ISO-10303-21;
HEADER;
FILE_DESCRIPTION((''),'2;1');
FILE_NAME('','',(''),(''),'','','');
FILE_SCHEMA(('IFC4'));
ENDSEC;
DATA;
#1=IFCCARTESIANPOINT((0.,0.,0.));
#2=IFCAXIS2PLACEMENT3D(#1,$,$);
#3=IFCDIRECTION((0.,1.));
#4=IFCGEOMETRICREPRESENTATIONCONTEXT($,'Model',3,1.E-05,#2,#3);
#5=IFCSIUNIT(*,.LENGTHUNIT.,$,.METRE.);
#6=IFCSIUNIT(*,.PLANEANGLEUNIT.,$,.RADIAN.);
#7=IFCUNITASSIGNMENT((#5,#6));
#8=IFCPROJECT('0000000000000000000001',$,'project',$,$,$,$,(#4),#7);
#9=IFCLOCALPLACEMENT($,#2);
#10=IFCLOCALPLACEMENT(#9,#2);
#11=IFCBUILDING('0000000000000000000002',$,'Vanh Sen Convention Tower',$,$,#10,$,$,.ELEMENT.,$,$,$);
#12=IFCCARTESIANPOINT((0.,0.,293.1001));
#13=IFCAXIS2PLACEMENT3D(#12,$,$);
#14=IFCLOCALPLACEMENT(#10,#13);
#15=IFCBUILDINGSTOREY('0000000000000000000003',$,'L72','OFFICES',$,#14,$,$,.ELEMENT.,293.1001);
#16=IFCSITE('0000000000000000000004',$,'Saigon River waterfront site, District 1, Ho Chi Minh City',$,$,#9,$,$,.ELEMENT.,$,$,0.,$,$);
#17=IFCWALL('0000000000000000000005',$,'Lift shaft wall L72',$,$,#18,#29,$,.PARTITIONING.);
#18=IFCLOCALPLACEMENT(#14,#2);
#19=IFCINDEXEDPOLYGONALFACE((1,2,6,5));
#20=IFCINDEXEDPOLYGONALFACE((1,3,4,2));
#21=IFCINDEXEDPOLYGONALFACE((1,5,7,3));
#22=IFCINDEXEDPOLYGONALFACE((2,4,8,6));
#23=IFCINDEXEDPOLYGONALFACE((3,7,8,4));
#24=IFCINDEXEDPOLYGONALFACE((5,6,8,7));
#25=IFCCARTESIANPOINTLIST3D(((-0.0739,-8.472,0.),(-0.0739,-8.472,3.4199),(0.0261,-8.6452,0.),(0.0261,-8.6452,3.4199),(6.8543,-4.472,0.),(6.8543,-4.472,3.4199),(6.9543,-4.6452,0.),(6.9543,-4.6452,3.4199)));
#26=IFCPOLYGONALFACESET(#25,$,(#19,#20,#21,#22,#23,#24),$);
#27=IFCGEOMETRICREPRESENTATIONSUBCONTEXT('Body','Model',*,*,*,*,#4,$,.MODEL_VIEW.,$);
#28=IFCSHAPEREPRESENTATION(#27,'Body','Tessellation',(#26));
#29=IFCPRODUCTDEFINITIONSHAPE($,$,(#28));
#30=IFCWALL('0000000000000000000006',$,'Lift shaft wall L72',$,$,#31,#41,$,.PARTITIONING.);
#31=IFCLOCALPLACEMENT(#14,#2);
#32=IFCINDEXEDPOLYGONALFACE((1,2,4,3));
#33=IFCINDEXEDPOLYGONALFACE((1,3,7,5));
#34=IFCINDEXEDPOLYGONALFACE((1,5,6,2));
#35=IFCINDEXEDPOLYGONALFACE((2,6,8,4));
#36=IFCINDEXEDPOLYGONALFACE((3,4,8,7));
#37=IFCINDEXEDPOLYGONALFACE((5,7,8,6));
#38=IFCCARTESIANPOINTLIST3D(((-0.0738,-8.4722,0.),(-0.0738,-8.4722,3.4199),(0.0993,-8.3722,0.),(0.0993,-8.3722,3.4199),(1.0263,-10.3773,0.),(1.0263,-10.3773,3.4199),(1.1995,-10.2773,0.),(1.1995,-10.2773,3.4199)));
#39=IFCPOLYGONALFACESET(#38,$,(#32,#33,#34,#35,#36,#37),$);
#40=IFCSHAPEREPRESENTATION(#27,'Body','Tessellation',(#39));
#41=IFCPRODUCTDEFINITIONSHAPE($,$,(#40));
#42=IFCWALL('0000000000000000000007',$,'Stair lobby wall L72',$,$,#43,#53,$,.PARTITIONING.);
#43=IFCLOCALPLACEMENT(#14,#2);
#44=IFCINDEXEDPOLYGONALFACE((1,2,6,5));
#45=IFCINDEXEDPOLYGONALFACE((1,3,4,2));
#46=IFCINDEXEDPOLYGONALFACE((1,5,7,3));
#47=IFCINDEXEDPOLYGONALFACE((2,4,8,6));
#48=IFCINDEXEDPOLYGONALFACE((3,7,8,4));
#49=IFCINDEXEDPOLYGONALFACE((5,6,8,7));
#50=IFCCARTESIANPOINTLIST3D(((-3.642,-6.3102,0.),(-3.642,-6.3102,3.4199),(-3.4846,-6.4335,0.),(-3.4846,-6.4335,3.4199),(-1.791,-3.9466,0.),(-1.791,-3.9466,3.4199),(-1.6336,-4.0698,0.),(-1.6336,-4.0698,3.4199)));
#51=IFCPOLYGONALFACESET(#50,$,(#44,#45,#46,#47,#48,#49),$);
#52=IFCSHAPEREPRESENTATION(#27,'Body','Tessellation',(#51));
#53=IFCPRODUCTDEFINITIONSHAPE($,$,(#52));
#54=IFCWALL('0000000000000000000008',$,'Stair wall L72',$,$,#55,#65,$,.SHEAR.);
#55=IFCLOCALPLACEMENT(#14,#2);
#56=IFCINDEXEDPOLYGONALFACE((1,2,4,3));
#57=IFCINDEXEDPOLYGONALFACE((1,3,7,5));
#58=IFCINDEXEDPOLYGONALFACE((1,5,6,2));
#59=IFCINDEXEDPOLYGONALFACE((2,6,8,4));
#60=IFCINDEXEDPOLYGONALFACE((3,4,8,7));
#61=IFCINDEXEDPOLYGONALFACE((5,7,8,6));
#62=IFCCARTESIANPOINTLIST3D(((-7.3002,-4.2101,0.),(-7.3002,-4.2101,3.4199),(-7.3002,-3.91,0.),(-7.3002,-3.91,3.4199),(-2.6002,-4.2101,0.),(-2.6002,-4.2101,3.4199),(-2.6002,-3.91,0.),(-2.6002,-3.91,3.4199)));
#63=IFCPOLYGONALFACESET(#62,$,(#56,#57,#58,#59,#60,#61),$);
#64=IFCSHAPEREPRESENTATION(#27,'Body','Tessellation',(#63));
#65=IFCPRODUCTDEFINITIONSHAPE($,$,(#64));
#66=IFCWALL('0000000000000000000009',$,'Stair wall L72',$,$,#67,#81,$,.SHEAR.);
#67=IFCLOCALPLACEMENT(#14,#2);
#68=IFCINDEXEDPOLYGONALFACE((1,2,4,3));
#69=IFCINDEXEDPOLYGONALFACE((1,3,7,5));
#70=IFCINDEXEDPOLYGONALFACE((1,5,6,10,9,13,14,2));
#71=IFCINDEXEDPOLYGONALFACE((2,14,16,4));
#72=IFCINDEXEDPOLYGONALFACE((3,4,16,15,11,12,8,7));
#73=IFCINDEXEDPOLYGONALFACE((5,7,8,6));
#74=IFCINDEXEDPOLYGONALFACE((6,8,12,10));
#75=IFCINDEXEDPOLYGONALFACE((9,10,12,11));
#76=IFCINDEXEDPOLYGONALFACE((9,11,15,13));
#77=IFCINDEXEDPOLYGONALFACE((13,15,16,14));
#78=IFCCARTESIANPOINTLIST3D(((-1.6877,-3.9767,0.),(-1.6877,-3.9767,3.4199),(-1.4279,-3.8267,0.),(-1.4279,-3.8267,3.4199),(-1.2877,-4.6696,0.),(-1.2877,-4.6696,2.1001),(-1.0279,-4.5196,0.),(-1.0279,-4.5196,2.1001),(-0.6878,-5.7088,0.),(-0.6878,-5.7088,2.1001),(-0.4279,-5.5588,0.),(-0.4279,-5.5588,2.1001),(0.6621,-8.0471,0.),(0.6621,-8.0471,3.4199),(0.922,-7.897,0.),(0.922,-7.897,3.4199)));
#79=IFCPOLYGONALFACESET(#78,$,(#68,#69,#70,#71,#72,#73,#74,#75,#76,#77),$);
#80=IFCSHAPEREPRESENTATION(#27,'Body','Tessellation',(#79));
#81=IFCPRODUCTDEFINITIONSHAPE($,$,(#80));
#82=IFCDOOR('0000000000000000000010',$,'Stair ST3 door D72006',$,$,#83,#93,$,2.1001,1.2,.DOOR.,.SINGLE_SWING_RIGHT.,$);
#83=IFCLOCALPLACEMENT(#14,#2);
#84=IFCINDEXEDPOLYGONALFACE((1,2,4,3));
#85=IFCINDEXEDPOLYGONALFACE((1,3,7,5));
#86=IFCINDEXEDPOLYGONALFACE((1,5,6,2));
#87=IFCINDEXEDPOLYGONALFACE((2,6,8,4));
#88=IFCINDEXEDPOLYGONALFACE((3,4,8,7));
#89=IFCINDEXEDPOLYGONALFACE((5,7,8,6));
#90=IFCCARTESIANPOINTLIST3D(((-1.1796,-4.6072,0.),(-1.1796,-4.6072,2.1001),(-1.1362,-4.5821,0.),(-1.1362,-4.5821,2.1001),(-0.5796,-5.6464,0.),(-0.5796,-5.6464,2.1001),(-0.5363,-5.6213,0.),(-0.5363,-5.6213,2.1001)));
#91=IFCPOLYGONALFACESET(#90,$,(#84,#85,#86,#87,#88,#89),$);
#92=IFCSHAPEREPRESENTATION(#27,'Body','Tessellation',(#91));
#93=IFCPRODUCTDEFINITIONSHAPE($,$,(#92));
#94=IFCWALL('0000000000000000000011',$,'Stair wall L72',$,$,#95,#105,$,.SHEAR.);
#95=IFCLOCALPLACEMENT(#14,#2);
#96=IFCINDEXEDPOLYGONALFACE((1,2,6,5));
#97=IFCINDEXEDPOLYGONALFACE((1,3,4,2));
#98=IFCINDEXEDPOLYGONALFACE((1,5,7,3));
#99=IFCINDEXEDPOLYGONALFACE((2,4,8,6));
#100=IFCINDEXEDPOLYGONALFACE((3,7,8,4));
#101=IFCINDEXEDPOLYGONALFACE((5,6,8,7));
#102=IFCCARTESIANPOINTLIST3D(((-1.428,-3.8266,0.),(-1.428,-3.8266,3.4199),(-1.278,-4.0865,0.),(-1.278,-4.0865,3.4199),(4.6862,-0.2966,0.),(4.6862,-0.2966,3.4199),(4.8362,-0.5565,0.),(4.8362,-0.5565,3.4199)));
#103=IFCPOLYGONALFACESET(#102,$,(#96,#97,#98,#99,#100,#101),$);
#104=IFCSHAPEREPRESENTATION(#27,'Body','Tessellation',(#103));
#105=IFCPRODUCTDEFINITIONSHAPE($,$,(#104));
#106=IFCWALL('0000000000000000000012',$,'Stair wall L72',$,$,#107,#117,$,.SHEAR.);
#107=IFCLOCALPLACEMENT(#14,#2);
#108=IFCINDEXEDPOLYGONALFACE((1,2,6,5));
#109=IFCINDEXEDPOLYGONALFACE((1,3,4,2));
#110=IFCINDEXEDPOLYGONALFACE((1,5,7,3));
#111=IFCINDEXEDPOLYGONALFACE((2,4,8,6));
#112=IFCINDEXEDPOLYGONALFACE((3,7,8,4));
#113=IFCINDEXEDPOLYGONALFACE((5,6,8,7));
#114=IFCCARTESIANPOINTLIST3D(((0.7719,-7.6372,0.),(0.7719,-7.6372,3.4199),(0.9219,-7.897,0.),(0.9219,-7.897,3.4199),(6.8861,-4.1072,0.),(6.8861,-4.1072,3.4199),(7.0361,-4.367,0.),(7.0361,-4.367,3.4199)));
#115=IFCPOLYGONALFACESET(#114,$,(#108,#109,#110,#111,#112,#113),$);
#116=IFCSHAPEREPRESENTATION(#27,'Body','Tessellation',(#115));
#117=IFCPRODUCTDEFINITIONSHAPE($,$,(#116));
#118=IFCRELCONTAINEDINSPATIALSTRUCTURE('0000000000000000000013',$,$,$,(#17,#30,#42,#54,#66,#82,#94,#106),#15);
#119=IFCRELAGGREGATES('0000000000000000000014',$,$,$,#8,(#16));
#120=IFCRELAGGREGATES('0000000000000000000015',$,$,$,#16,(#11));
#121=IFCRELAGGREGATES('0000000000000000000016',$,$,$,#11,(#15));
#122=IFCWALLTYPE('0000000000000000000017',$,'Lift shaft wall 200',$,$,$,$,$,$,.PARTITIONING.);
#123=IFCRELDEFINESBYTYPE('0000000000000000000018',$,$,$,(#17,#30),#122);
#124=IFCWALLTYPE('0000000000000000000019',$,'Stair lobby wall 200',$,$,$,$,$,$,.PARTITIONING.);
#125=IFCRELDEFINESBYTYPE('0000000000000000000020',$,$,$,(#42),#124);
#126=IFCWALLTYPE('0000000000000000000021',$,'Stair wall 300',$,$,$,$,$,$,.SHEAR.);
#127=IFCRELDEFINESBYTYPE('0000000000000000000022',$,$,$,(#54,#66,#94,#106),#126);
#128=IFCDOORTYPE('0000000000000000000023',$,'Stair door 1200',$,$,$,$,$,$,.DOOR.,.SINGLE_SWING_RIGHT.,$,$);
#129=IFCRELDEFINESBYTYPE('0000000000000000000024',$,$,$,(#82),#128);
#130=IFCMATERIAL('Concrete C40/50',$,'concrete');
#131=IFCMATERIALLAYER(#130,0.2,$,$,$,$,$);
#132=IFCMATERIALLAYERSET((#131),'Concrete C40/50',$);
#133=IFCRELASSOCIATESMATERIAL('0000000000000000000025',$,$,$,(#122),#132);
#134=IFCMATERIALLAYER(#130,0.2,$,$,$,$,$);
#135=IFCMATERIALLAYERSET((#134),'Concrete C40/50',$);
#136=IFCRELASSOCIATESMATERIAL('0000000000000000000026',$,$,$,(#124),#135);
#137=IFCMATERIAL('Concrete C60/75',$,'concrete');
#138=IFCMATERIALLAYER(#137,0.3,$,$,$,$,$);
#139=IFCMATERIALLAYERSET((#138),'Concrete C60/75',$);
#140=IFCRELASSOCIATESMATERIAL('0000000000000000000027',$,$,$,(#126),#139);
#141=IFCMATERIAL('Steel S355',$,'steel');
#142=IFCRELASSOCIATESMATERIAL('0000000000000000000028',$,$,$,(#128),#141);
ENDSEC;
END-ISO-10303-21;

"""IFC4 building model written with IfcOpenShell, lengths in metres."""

from ifc_helpers import new_model, si_unit, direction, frame, frame_2d, origin, place, context, subcontext, project, spatial, rectangle, extrude, material, layer, layer_set, type_object, element, fill, save


model = new_model("IFC4")

# Units and contexts
model_context = context("Model", 3, precision=1e-05, world=origin(), true_north=direction((0.0, 1.0)))
body_context = subcontext(model_context, "Body", "Model", "MODEL_VIEW")
ifc_project = project(units=[si_unit("LENGTHUNIT", "METRE"), si_unit("PLANEANGLEUNIT", "RADIAN")], contexts=[model_context])

# Site, building, storey
site_placement = place(None, origin())
site = spatial("IfcSite", under=ifc_project, at=site_placement, Name="Saigon River waterfront site, District 1, Ho Chi Minh City", CompositionType="ELEMENT", RefElevation=0.0)
building_placement = place(site_placement, origin())
building = spatial("IfcBuilding", under=site, at=building_placement, Name="Vanh Sen Convention Tower", CompositionType="ELEMENT")
storey_placement = place(building_placement, frame((0.0, 0.0, 293.1001)))
storey = spatial("IfcBuildingStorey", under=building, at=storey_placement, Name="L72", Description="OFFICES", CompositionType="ELEMENT", Elevation=293.1001)

# Shared definitions
ifc_material_1 = material(Name="Concrete C40/50", Category="concrete")

# Shared definitions
ifc_material_2 = material(Name="Concrete C60/75", Category="concrete")
ifc_material_3 = material(Name="Steel S355", Category="steel")

# Walls
ifc_layer_1 = layer(ifc_material_1, 0.2)
ifc_layer_set_1 = layer_set([ifc_layer_1], Name="Concrete C40/50")
wall_type_1 = type_object("IfcWallType", Name="Lift shaft wall 200", PredefinedType="PARTITIONING", material=ifc_layer_set_1)
wall_1_placement = place(storey_placement, frame((-0.0239, -8.5586, 0.0), z_axis=(0.0, 0.0, 1.0), x_axis=(0.866026, 0.499999, 0.0)))
element("IfcWall", 1, at=wall_1_placement, inside=storey, type_object=wall_type_1, Name="Lift shaft wall L72", PredefinedType="PARTITIONING", context=body_context, shape_type="SweptSolid", body=[
    extrude(rectangle(XDim=8.0, YDim=0.2, at=frame_2d((4.0, 0.0))), origin(), (0.0, 0.0, 1.0), 3.4199),
])
wall_2_placement = place(storey_placement, frame((0.0127, -8.4221, 0.0), z_axis=(0.0, 0.0, 1.0), x_axis=(0.500078, -0.86598, 0.0)))
element("IfcWall", 2, at=wall_2_placement, inside=storey, type_object=wall_type_1, Name="Lift shaft wall L72", PredefinedType="PARTITIONING", context=body_context, shape_type="SweptSolid", body=[
    extrude(rectangle(XDim=2.2, YDim=0.2, at=frame_2d((1.1001, 0.0))), origin(), (0.0, 0.0, 1.0), 3.4199),
])
ifc_layer_2 = layer(ifc_material_1, 0.2)
ifc_layer_set_2 = layer_set([ifc_layer_2], Name="Concrete C40/50")
wall_type_2 = type_object("IfcWallType", Name="Stair lobby wall 200", PredefinedType="PARTITIONING", material=ifc_layer_set_2)
wall_3_placement = place(storey_placement, frame((-1.7124, -4.0083, 0.0), z_axis=(0.0, 0.0, 1.0), x_axis=(-0.616549, -0.787316, 0.0)))
element("IfcWall", 3, at=wall_3_placement, inside=storey, type_object=wall_type_2, Name="Stair lobby wall L72", PredefinedType="PARTITIONING", context=body_context, shape_type="SweptSolid", body=[
    extrude(rectangle(XDim=3.0022, YDim=0.2, at=frame_2d((1.501, 0.0))), origin(), (0.0, 0.0, 1.0), 3.4199),
])
ifc_layer_3 = layer(ifc_material_2, 0.3)
ifc_layer_set_3 = layer_set([ifc_layer_3], Name="Concrete C60/75")
wall_type_3 = type_object("IfcWallType", Name="Stair wall 300", PredefinedType="SHEAR", material=ifc_layer_set_3)
wall_4_placement = place(storey_placement, frame((-2.6001, -4.0601, 0.0), z_axis=(0.0, 0.0, 1.0), x_axis=(-1.0, 0.0, 0.0)))
element("IfcWall", 4, at=wall_4_placement, inside=storey, type_object=wall_type_3, Name="Stair wall L72", PredefinedType="SHEAR", context=body_context, shape_type="SweptSolid", body=[
    extrude(rectangle(XDim=4.7, YDim=0.3, at=frame_2d((2.3501, 0.0))), origin(), (0.0, 0.0, 1.0), 3.4199),
])

# Wall, opening, door
wall_5_placement = place(storey_placement, frame((-1.5579, -3.9016, 0.0), z_axis=(0.0, 0.0, 1.0), x_axis=(0.499977, -0.866039, 0.0)))
wall_5 = element("IfcWall", 5, at=wall_5_placement, inside=storey, type_object=wall_type_3, Name="Stair wall L72", PredefinedType="SHEAR", context=body_context, shape_type="SweptSolid", body=[
    extrude(rectangle(XDim=4.7, YDim=0.3, at=frame_2d((2.3501, 0.0))), origin(), (0.0, 0.0, 1.0), 3.4199),
])
opening_1_placement = place(wall_5_placement, frame((0.8, 0.0, 0.0)))
opening_1 = element("IfcOpeningElement", 6, at=opening_1_placement, cuts=wall_5, PredefinedType="OPENING", context=body_context, shape_type="SweptSolid", body=[
    extrude(rectangle(XDim=1.2, YDim=2.1001, at=frame_2d((0.6001, 1.05))), frame((0.0, 0.1599, 0.0), z_axis=(0.0, -1.0, 0.0), x_axis=(1.0, 0.0, 0.0)), (0.0, 0.0, 1.0), 0.3201),
])
door_type_1 = type_object("IfcDoorType", Name="Stair door 1200", OperationType="SINGLE_SWING_RIGHT", PredefinedType="DOOR", material=ifc_material_3)
door_1_placement = place(opening_1_placement, origin())
door_1 = element("IfcDoor", 7, at=door_1_placement, inside=storey, type_object=door_type_1, Name="Stair ST3 door D72006", OperationType="SINGLE_SWING_RIGHT", OverallHeight=2.1001, OverallWidth=1.2, PredefinedType="DOOR", context=body_context, shape_type="SweptSolid", body=[
    extrude(rectangle(XDim=1.2, YDim=2.1001, at=frame_2d((0.6001, 1.05))), frame((0.0, 0.0249, 0.0), z_axis=(0.0, -1.0, 0.0), x_axis=(1.0, 0.0, 0.0)), (0.0, 0.0, 1.0), 0.05),
])
fill(opening_1, door_1)

# Walls
for number, where, z_axis, x_axis, name in (
    (8, (-1.353, -3.9565, 0.0), (0.0, 0.0, 1.0), (0.866028, 0.499996, 0.0), "Stair wall L72"),
    (9, (0.8469, -7.7671, 0.0), (0.0, 0.0, 1.0), (0.866028, 0.499996, 0.0), "Stair wall L72"),
):
    element("IfcWall", number, at=place(storey_placement, frame(where, z_axis=z_axis, x_axis=x_axis)), inside=storey, type_object=wall_type_3, Name=name, PredefinedType="SHEAR", context=body_context, shape_type="SweptSolid", body=[
        extrude(rectangle(XDim=7.0601, YDim=0.3, at=frame_2d((3.53, 0.0))), origin(), (0.0, 0.0, 1.0), 3.4199),
    ])

save(model, "model.ifc")
